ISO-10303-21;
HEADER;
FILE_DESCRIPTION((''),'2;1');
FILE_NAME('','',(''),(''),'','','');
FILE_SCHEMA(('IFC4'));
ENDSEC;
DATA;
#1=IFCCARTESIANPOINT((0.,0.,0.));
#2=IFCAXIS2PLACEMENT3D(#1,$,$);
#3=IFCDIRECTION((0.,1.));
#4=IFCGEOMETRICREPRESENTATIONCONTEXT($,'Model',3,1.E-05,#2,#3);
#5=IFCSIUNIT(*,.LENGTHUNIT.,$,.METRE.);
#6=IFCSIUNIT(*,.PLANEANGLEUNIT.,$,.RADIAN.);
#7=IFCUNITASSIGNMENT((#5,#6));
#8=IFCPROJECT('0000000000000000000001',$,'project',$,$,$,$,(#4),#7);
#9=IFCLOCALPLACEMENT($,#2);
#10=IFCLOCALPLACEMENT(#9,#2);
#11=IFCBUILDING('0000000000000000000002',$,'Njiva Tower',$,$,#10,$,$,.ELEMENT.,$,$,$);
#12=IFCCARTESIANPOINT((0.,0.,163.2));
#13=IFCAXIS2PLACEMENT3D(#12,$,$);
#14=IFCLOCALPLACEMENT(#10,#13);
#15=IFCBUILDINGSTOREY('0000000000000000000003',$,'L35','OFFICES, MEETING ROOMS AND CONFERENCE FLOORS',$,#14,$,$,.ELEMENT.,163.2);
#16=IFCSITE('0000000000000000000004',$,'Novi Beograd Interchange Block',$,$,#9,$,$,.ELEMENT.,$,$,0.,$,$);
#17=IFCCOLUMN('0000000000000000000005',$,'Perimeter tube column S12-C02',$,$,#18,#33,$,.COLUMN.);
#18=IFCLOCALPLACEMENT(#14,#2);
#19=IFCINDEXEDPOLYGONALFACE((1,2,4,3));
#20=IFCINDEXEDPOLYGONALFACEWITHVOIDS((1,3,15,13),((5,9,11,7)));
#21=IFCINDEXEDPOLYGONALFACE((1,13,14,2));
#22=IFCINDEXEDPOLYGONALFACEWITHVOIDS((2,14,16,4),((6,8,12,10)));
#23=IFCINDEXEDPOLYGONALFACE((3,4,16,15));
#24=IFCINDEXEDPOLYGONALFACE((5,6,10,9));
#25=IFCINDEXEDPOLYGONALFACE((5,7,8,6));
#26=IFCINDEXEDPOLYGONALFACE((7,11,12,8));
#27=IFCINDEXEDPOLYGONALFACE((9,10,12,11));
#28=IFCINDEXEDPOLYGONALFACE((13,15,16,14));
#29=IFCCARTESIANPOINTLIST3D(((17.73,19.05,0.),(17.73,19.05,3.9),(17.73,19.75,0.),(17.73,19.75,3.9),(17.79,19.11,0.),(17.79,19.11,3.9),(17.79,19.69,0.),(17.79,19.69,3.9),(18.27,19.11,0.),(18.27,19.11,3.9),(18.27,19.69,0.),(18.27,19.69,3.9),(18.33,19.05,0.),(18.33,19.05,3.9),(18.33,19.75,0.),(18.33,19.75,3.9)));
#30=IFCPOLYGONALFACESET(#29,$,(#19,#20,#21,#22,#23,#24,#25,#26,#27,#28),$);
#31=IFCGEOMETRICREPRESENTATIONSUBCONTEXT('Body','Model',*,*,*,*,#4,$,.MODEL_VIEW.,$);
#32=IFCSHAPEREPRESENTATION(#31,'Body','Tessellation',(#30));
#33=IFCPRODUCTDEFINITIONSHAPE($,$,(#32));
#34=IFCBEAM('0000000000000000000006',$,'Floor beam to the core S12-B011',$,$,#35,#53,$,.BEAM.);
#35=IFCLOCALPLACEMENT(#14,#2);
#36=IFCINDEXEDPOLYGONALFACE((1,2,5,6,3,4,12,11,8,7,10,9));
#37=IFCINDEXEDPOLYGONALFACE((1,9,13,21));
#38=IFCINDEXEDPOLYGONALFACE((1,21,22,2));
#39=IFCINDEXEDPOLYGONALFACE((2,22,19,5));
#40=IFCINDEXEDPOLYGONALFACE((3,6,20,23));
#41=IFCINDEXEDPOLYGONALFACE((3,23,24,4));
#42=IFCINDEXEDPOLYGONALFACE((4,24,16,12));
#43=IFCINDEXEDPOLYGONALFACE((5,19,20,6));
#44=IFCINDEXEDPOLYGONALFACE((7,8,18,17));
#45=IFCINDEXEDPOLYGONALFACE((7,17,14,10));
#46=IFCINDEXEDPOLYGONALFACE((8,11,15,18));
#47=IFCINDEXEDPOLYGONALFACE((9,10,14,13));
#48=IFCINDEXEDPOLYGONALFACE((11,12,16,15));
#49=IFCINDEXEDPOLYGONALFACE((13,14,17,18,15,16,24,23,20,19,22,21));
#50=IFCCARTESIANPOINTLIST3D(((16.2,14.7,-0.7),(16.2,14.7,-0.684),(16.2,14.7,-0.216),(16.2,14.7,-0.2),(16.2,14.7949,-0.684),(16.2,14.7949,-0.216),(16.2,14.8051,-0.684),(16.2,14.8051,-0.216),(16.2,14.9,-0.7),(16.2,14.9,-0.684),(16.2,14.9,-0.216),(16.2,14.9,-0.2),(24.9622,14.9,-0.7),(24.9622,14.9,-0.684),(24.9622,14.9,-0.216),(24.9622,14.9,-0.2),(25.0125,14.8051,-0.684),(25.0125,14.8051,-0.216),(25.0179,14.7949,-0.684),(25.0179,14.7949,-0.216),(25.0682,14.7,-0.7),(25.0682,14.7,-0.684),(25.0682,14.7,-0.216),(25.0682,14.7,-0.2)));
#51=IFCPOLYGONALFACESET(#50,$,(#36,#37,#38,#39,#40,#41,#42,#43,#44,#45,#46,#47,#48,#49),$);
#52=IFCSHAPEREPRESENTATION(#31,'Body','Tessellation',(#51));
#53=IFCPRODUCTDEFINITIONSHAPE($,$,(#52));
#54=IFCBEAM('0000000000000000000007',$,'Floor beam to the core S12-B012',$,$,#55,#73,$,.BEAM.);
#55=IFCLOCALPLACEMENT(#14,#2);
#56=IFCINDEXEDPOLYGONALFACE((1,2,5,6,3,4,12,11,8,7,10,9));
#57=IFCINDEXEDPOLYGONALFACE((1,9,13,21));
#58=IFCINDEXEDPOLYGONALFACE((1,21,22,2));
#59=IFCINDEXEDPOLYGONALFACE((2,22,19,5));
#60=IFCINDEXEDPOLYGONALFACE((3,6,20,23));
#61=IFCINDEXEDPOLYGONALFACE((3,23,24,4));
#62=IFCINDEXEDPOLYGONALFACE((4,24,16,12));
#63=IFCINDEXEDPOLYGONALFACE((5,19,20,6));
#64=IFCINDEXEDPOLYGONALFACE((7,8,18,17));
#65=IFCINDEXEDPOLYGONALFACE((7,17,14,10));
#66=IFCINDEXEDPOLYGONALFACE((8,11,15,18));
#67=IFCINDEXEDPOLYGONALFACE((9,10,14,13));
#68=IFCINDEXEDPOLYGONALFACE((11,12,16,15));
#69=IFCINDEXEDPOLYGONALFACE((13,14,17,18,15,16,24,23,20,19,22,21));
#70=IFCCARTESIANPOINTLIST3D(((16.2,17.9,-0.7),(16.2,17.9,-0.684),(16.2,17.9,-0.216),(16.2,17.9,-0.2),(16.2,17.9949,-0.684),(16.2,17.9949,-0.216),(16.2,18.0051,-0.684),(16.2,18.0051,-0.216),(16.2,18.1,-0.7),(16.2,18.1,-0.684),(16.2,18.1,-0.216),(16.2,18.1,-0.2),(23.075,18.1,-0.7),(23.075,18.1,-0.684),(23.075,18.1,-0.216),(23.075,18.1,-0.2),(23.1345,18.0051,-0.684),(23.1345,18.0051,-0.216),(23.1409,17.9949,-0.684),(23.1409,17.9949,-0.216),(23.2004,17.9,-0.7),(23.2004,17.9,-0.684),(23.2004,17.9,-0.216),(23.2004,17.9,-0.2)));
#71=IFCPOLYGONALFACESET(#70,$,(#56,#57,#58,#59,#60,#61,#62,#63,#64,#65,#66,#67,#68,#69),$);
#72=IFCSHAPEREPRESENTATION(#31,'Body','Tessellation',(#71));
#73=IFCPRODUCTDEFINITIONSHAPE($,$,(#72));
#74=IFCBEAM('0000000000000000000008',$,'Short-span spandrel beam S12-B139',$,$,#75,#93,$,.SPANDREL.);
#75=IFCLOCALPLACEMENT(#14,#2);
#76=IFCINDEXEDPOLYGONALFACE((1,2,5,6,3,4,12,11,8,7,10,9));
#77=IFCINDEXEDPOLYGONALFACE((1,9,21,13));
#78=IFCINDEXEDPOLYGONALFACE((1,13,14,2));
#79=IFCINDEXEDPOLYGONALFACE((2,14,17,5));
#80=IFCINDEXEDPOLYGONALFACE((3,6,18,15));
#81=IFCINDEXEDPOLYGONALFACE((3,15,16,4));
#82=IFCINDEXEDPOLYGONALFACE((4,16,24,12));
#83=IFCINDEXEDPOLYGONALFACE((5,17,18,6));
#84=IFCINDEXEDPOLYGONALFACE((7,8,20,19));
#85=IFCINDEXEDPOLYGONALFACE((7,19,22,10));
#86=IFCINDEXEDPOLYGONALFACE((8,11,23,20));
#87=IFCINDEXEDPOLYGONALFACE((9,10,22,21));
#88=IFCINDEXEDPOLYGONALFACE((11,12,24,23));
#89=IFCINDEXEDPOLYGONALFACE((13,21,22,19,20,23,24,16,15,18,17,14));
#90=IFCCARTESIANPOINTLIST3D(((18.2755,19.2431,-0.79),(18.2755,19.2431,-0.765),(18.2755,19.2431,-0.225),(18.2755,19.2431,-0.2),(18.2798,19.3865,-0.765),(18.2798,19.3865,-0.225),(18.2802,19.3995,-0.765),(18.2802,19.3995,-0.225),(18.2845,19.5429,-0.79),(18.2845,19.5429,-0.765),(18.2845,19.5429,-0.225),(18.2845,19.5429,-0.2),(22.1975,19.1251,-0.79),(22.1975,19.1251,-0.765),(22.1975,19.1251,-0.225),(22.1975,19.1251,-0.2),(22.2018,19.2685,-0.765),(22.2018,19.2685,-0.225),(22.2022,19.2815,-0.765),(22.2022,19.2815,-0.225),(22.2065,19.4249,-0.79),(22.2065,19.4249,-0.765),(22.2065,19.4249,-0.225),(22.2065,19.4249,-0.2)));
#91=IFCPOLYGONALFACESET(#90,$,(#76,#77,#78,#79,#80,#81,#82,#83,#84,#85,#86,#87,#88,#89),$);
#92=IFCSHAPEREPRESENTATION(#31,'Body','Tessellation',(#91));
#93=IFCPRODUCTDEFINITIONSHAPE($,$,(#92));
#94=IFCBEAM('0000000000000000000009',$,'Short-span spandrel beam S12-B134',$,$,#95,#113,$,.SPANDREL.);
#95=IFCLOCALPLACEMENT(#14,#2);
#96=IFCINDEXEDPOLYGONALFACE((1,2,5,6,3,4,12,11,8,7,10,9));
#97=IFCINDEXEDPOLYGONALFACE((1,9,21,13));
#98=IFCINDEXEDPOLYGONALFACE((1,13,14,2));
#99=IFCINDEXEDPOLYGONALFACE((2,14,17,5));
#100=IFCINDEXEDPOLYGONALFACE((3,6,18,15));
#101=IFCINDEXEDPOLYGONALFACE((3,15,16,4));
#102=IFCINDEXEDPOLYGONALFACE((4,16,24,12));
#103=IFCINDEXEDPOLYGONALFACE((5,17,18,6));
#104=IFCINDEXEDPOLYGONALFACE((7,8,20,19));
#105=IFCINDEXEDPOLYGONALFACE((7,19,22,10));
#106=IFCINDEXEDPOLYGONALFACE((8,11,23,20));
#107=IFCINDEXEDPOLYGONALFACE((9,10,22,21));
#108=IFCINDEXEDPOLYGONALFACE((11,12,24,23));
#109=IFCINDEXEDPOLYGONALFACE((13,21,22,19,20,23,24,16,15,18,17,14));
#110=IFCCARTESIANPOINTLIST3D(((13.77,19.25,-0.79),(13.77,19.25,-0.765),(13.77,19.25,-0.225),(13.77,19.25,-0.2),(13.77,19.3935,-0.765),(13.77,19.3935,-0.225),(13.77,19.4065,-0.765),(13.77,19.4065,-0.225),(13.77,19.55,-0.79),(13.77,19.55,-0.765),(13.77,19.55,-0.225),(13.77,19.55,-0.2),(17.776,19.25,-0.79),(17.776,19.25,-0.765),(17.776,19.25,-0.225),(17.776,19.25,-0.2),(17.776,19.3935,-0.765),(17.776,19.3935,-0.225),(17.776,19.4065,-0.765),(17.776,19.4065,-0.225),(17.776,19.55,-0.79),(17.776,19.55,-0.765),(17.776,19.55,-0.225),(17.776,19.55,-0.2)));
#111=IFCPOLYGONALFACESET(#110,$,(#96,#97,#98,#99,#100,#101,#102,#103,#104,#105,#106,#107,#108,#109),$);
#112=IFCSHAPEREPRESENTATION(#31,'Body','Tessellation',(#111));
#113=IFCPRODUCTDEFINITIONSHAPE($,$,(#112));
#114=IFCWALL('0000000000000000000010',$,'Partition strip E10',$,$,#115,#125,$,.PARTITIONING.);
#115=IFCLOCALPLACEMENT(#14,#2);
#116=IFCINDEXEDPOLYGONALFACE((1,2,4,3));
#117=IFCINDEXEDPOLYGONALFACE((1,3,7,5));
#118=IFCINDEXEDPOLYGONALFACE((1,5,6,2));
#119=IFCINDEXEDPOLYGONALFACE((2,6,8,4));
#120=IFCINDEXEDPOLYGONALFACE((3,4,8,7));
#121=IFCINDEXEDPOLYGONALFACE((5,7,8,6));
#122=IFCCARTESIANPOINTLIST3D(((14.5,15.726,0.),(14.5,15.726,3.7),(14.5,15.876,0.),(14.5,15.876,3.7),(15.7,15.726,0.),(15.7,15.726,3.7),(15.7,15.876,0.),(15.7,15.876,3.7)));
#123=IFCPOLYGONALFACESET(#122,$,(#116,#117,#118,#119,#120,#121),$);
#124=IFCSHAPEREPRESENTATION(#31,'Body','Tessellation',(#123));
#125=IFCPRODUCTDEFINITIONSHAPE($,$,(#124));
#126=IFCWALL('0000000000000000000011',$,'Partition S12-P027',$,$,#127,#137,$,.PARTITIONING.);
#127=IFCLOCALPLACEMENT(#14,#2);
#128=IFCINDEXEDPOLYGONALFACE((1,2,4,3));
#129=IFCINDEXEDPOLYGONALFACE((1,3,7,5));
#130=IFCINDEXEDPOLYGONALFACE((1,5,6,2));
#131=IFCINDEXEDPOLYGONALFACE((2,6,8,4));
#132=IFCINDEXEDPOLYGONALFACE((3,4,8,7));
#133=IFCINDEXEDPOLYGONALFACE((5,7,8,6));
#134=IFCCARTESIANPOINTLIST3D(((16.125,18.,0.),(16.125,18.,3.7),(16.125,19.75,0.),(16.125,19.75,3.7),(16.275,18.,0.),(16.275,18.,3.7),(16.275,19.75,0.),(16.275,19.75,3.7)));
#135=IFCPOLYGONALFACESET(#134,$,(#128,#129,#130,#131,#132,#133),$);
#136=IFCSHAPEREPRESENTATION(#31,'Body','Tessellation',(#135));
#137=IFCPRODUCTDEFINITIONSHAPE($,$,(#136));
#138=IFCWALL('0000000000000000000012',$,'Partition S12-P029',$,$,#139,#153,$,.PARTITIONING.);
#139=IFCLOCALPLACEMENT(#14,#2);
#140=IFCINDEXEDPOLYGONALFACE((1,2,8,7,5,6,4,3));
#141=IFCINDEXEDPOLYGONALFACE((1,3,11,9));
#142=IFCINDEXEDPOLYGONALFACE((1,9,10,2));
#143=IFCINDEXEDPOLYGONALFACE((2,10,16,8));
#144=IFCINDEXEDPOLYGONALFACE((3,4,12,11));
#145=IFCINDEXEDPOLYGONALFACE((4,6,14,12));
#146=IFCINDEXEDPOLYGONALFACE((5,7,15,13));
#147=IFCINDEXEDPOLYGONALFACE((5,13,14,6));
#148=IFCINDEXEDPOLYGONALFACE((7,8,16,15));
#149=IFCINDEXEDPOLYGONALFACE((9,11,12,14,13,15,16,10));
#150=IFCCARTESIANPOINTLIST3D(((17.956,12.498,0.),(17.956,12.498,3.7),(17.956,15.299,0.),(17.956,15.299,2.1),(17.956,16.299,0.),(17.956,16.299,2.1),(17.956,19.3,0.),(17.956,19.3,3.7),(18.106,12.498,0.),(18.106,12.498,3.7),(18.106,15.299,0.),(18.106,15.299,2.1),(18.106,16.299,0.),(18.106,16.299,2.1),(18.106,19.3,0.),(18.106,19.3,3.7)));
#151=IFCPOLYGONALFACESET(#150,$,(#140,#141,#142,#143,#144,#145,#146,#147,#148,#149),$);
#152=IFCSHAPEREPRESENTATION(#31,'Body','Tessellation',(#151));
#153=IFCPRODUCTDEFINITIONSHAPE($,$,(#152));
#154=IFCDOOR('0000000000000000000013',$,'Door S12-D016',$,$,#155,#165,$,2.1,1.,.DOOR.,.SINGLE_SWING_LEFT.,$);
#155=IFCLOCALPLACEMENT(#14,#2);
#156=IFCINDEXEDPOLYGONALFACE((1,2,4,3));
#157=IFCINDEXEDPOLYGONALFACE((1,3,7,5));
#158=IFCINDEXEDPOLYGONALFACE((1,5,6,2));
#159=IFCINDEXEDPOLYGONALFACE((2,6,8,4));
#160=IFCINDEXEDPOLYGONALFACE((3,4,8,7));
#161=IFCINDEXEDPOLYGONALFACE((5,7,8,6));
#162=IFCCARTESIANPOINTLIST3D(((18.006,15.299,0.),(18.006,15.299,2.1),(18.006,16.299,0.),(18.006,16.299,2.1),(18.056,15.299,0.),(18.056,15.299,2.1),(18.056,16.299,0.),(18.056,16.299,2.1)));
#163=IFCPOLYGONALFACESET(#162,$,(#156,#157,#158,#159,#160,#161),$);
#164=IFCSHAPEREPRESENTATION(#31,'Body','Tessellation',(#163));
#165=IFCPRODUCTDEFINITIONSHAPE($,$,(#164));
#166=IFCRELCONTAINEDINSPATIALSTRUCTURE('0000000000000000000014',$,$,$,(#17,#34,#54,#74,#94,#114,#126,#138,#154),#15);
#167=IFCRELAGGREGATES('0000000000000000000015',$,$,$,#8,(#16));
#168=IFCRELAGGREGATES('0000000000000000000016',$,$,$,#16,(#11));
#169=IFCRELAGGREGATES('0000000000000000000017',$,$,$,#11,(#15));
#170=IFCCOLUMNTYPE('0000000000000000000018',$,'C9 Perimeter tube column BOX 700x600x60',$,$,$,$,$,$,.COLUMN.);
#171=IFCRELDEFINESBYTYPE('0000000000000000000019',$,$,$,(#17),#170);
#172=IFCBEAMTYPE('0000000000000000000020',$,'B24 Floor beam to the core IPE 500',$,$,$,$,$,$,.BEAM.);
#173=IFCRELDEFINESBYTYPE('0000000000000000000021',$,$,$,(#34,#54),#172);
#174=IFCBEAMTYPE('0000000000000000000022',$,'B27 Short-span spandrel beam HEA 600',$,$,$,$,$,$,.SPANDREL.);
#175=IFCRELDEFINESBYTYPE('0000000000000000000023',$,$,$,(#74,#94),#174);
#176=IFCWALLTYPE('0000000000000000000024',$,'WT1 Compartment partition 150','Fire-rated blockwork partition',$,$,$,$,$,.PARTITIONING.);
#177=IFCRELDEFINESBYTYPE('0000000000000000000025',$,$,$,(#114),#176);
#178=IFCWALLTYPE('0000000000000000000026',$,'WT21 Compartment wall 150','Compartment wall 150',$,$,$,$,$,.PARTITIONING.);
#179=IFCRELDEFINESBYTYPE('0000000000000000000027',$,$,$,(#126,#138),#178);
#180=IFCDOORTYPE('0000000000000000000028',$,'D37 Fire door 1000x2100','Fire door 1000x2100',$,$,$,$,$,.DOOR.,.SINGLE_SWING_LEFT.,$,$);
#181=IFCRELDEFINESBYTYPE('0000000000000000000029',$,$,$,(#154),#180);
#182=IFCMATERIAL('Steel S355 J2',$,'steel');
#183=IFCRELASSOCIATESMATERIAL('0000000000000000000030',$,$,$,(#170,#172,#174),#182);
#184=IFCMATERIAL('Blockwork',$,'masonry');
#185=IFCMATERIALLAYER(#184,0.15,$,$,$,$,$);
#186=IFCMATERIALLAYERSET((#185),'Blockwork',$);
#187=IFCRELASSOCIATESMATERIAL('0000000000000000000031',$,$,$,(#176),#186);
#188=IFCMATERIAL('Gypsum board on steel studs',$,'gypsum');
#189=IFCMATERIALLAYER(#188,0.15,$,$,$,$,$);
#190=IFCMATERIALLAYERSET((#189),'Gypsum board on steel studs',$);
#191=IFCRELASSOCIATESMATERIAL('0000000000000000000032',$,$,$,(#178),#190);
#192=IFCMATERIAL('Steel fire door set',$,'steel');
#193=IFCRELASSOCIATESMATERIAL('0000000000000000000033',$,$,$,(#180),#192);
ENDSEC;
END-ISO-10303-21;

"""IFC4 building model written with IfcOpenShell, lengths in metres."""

from ifc_helpers import new_model, si_unit, direction, frame, frame_2d, origin, origin_2d, place, context, subcontext, project, spatial, rectangle, hollow_rectangle, i_section, extrude, clip, halfspace, material, layer, layer_set, material_profile, profile_set, type_object, element, fill, save


model = new_model("IFC4")

# Units and contexts
model_context = context("Model", 3, precision=1e-05, world=origin(), true_north=direction((0.0, 1.0)))
body_context = subcontext(model_context, "Body", "Model", "MODEL_VIEW")
ifc_project = project(units=[si_unit("LENGTHUNIT", "METRE"), si_unit("PLANEANGLEUNIT", "RADIAN")], contexts=[model_context])

# Site, building, storey
site_placement = place(None, origin())
site = spatial("IfcSite", under=ifc_project, at=site_placement, Name="Novi Beograd Interchange Block", CompositionType="ELEMENT", RefElevation=0.0)
building_placement = place(site_placement, origin())
building = spatial("IfcBuilding", under=site, at=building_placement, Name="Njiva Tower", CompositionType="ELEMENT")
storey_placement = place(building_placement, frame((0.0, 0.0, 163.2)))
storey = spatial("IfcBuildingStorey", under=building, at=storey_placement, Name="L35", Description="OFFICES, MEETING ROOMS AND CONFERENCE FLOORS", CompositionType="ELEMENT", Elevation=163.2)

# Column
ifc_material_1 = material(Name="Steel S355 J2", Category="steel")
ifc_material_profile_1 = material_profile(ifc_material_1, hollow_rectangle(XDim=0.6, YDim=0.7, WallThickness=0.06, at=origin_2d()), Name="BOX 700x600x60")
ifc_profile_set_1 = profile_set([ifc_material_profile_1], Name="Steel S355 J2")
column_type = type_object("IfcColumnType", Name="C9 Perimeter tube column BOX 700x600x60", PredefinedType="COLUMN", material=ifc_profile_set_1)
column_placement = place(storey_placement, frame((18.03, 19.4, 0.0), z_axis=(0.0, 0.0, 1.0), x_axis=(-1.0, 0.0, 0.0)))
element("IfcColumn", 1, at=column_placement, inside=storey, type_object=column_type, Name="Perimeter tube column S12-C02", PredefinedType="COLUMN", context=body_context, shape_type="SweptSolid", body=[
    extrude(hollow_rectangle(XDim=0.6, YDim=0.7, WallThickness=0.06, at=origin_2d()), origin(), (0.0, 0.0, 1.0), 3.9),
])

# Beams
ifc_material_profile_2 = material_profile(ifc_material_1, i_section(OverallWidth=0.2, OverallDepth=0.5, WebThickness=0.0102, FlangeThickness=0.016, at=origin_2d()), Name="IPE 500")
ifc_profile_set_2 = profile_set([ifc_material_profile_2], Name="Steel S355 J2")
beam_type_1 = type_object("IfcBeamType", Name="B24 Floor beam to the core IPE 500", PredefinedType="BEAM", material=ifc_profile_set_2)
beam_1_placement = place(storey_placement, frame((16.2, 14.8, -0.45), z_axis=(1.0, 0.0, 0.0), x_axis=(0.0, 1.0, 0.0)))
element("IfcBeam", 2, at=beam_1_placement, inside=storey, type_object=beam_type_1, Name="Floor beam to the core S12-B011", PredefinedType="BEAM", context=body_context, shape_type="Clipping", body=[
    clip(extrude(i_section(OverallWidth=0.2, OverallDepth=0.5, WebThickness=0.0102, FlangeThickness=0.016, at=origin_2d()), origin(), (0.0, 0.0, 1.0), 8.888), halfspace(frame((0.0234, 0.0, 8.8028), z_axis=(0.468071, 0.0, 0.883691), x_axis=(0.0, 1.0, 0.0)), False)),
])
beam_2_placement = place(storey_placement, frame((16.2, 18.0, -0.45), z_axis=(1.0, 0.0, 0.0), x_axis=(0.0, 1.0, 0.0)))
element("IfcBeam", 3, at=beam_2_placement, inside=storey, type_object=beam_type_1, Name="Floor beam to the core S12-B012", PredefinedType="BEAM", context=body_context, shape_type="Clipping", body=[
    clip(extrude(i_section(OverallWidth=0.2, OverallDepth=0.5, WebThickness=0.0102, FlangeThickness=0.016, at=origin_2d()), origin(), (0.0, 0.0, 1.0), 7.021), halfspace(frame((0.0266, 0.0, 6.921), z_axis=(0.531259, 0.0, 0.847209), x_axis=(0.0, 1.0, 0.0)), False)),
])
ifc_material_profile_3 = material_profile(ifc_material_1, i_section(OverallWidth=0.3, OverallDepth=0.59, WebThickness=0.013, FlangeThickness=0.025, at=origin_2d()), Name="HEA 600")
ifc_profile_set_3 = profile_set([ifc_material_profile_3], Name="Steel S355 J2")
beam_type_2 = type_object("IfcBeamType", Name="B27 Short-span spandrel beam HEA 600", PredefinedType="SPANDREL", material=ifc_profile_set_3)
beam_3_placement = place(storey_placement, frame((22.202, 19.275, -0.495), z_axis=(-0.999548, 0.030073, 0.0), x_axis=(-0.030073, -0.999548, 0.0)))
element("IfcBeam", 4, at=beam_3_placement, inside=storey, type_object=beam_type_2, Name="Short-span spandrel beam S12-B139", PredefinedType="SPANDREL", context=body_context, shape_type="SweptSolid", body=[
    extrude(i_section(OverallWidth=0.3, OverallDepth=0.59, WebThickness=0.013, FlangeThickness=0.025, at=origin_2d()), origin(), (0.0, 0.0, 1.0), 3.9238),
])
beam_4_placement = place(storey_placement, frame((17.776, 19.4, -0.495), z_axis=(-1.0, 0.0, 0.0), x_axis=(0.0, -1.0, 0.0)))
element("IfcBeam", 5, at=beam_4_placement, inside=storey, type_object=beam_type_2, Name="Short-span spandrel beam S12-B134", PredefinedType="SPANDREL", context=body_context, shape_type="SweptSolid", body=[
    extrude(i_section(OverallWidth=0.3, OverallDepth=0.59, WebThickness=0.013, FlangeThickness=0.025, at=origin_2d()), origin(), (0.0, 0.0, 1.0), 4.006),
])

# Walls
ifc_material_2 = material(Name="Blockwork", Category="masonry")
ifc_layer_1 = layer(ifc_material_2, 0.15)
ifc_layer_set_1 = layer_set([ifc_layer_1], Name="Blockwork")
wall_type_1 = type_object("IfcWallType", Name="WT1 Compartment partition 150", Description="Fire-rated blockwork partition", PredefinedType="PARTITIONING", material=ifc_layer_set_1)
wall_1_placement = place(storey_placement, frame((14.5, 15.801, 0.0), z_axis=(0.0, 0.0, 1.0), x_axis=(1.0, 0.0, 0.0)))
element("IfcWall", 6, at=wall_1_placement, inside=storey, type_object=wall_type_1, Name="Partition strip E10", PredefinedType="PARTITIONING", context=body_context, shape_type="SweptSolid", body=[
    extrude(rectangle(XDim=1.2, YDim=0.15, at=frame_2d((0.6, 0.0))), origin(), (0.0, 0.0, 1.0), 3.7),
])
ifc_material_3 = material(Name="Gypsum board on steel studs", Category="gypsum")
ifc_layer_2 = layer(ifc_material_3, 0.15)
ifc_layer_set_2 = layer_set([ifc_layer_2], Name="Gypsum board on steel studs")
wall_type_2 = type_object("IfcWallType", Name="WT21 Compartment wall 150", Description="Compartment wall 150", PredefinedType="PARTITIONING", material=ifc_layer_set_2)
wall_2_placement = place(storey_placement, frame((16.2, 18.0, 0.0), z_axis=(0.0, 0.0, 1.0), x_axis=(0.0, 1.0, 0.0)))
element("IfcWall", 7, at=wall_2_placement, inside=storey, type_object=wall_type_2, Name="Partition S12-P027", PredefinedType="PARTITIONING", context=body_context, shape_type="SweptSolid", body=[
    extrude(rectangle(XDim=1.75, YDim=0.15, at=frame_2d((0.875, 0.0))), origin(), (0.0, 0.0, 1.0), 3.7),
])

# Wall, opening, door
wall_3_placement = place(storey_placement, frame((18.031, 12.498, 0.0), z_axis=(0.0, 0.0, 1.0), x_axis=(0.0, 1.0, 0.0)))
wall_3 = element("IfcWall", 8, at=wall_3_placement, inside=storey, type_object=wall_type_2, Name="Partition S12-P029", PredefinedType="PARTITIONING", context=body_context, shape_type="SweptSolid", body=[
    extrude(rectangle(XDim=6.802, YDim=0.15, at=frame_2d((3.401, 0.0))), origin(), (0.0, 0.0, 1.0), 3.7),
])
opening_placement = place(wall_3_placement, frame((2.801, 0.0, 0.0)))
opening = element("IfcOpeningElement", 9, at=opening_placement, cuts=wall_3, PredefinedType="OPENING", context=body_context, shape_type="SweptSolid", body=[
    extrude(rectangle(XDim=1.0, YDim=2.1, at=frame_2d((0.5, 1.05))), frame((0.0, 0.085, 0.0), z_axis=(0.0, -1.0, 0.0), x_axis=(1.0, 0.0, 0.0)), (0.0, 0.0, 1.0), 0.17),
])
ifc_material_4 = material(Name="Steel fire door set", Category="steel")
door_type = type_object("IfcDoorType", Name="D37 Fire door 1000x2100", Description="Fire door 1000x2100", OperationType="SINGLE_SWING_LEFT", PredefinedType="DOOR", material=ifc_material_4)
door_placement = place(opening_placement, origin())
door = element("IfcDoor", 10, at=door_placement, inside=storey, type_object=door_type, Name="Door S12-D016", OperationType="SINGLE_SWING_LEFT", OverallHeight=2.1, OverallWidth=1.0, PredefinedType="DOOR", context=body_context, shape_type="SweptSolid", body=[
    extrude(rectangle(XDim=1.0, YDim=2.1, at=frame_2d((0.5, 1.05))), frame((0.0, 0.025, 0.0), z_axis=(0.0, -1.0, 0.0), x_axis=(1.0, 0.0, 0.0)), (0.0, 0.0, 1.0), 0.05),
])
fill(opening, door)

save(model, "model.ifc")
